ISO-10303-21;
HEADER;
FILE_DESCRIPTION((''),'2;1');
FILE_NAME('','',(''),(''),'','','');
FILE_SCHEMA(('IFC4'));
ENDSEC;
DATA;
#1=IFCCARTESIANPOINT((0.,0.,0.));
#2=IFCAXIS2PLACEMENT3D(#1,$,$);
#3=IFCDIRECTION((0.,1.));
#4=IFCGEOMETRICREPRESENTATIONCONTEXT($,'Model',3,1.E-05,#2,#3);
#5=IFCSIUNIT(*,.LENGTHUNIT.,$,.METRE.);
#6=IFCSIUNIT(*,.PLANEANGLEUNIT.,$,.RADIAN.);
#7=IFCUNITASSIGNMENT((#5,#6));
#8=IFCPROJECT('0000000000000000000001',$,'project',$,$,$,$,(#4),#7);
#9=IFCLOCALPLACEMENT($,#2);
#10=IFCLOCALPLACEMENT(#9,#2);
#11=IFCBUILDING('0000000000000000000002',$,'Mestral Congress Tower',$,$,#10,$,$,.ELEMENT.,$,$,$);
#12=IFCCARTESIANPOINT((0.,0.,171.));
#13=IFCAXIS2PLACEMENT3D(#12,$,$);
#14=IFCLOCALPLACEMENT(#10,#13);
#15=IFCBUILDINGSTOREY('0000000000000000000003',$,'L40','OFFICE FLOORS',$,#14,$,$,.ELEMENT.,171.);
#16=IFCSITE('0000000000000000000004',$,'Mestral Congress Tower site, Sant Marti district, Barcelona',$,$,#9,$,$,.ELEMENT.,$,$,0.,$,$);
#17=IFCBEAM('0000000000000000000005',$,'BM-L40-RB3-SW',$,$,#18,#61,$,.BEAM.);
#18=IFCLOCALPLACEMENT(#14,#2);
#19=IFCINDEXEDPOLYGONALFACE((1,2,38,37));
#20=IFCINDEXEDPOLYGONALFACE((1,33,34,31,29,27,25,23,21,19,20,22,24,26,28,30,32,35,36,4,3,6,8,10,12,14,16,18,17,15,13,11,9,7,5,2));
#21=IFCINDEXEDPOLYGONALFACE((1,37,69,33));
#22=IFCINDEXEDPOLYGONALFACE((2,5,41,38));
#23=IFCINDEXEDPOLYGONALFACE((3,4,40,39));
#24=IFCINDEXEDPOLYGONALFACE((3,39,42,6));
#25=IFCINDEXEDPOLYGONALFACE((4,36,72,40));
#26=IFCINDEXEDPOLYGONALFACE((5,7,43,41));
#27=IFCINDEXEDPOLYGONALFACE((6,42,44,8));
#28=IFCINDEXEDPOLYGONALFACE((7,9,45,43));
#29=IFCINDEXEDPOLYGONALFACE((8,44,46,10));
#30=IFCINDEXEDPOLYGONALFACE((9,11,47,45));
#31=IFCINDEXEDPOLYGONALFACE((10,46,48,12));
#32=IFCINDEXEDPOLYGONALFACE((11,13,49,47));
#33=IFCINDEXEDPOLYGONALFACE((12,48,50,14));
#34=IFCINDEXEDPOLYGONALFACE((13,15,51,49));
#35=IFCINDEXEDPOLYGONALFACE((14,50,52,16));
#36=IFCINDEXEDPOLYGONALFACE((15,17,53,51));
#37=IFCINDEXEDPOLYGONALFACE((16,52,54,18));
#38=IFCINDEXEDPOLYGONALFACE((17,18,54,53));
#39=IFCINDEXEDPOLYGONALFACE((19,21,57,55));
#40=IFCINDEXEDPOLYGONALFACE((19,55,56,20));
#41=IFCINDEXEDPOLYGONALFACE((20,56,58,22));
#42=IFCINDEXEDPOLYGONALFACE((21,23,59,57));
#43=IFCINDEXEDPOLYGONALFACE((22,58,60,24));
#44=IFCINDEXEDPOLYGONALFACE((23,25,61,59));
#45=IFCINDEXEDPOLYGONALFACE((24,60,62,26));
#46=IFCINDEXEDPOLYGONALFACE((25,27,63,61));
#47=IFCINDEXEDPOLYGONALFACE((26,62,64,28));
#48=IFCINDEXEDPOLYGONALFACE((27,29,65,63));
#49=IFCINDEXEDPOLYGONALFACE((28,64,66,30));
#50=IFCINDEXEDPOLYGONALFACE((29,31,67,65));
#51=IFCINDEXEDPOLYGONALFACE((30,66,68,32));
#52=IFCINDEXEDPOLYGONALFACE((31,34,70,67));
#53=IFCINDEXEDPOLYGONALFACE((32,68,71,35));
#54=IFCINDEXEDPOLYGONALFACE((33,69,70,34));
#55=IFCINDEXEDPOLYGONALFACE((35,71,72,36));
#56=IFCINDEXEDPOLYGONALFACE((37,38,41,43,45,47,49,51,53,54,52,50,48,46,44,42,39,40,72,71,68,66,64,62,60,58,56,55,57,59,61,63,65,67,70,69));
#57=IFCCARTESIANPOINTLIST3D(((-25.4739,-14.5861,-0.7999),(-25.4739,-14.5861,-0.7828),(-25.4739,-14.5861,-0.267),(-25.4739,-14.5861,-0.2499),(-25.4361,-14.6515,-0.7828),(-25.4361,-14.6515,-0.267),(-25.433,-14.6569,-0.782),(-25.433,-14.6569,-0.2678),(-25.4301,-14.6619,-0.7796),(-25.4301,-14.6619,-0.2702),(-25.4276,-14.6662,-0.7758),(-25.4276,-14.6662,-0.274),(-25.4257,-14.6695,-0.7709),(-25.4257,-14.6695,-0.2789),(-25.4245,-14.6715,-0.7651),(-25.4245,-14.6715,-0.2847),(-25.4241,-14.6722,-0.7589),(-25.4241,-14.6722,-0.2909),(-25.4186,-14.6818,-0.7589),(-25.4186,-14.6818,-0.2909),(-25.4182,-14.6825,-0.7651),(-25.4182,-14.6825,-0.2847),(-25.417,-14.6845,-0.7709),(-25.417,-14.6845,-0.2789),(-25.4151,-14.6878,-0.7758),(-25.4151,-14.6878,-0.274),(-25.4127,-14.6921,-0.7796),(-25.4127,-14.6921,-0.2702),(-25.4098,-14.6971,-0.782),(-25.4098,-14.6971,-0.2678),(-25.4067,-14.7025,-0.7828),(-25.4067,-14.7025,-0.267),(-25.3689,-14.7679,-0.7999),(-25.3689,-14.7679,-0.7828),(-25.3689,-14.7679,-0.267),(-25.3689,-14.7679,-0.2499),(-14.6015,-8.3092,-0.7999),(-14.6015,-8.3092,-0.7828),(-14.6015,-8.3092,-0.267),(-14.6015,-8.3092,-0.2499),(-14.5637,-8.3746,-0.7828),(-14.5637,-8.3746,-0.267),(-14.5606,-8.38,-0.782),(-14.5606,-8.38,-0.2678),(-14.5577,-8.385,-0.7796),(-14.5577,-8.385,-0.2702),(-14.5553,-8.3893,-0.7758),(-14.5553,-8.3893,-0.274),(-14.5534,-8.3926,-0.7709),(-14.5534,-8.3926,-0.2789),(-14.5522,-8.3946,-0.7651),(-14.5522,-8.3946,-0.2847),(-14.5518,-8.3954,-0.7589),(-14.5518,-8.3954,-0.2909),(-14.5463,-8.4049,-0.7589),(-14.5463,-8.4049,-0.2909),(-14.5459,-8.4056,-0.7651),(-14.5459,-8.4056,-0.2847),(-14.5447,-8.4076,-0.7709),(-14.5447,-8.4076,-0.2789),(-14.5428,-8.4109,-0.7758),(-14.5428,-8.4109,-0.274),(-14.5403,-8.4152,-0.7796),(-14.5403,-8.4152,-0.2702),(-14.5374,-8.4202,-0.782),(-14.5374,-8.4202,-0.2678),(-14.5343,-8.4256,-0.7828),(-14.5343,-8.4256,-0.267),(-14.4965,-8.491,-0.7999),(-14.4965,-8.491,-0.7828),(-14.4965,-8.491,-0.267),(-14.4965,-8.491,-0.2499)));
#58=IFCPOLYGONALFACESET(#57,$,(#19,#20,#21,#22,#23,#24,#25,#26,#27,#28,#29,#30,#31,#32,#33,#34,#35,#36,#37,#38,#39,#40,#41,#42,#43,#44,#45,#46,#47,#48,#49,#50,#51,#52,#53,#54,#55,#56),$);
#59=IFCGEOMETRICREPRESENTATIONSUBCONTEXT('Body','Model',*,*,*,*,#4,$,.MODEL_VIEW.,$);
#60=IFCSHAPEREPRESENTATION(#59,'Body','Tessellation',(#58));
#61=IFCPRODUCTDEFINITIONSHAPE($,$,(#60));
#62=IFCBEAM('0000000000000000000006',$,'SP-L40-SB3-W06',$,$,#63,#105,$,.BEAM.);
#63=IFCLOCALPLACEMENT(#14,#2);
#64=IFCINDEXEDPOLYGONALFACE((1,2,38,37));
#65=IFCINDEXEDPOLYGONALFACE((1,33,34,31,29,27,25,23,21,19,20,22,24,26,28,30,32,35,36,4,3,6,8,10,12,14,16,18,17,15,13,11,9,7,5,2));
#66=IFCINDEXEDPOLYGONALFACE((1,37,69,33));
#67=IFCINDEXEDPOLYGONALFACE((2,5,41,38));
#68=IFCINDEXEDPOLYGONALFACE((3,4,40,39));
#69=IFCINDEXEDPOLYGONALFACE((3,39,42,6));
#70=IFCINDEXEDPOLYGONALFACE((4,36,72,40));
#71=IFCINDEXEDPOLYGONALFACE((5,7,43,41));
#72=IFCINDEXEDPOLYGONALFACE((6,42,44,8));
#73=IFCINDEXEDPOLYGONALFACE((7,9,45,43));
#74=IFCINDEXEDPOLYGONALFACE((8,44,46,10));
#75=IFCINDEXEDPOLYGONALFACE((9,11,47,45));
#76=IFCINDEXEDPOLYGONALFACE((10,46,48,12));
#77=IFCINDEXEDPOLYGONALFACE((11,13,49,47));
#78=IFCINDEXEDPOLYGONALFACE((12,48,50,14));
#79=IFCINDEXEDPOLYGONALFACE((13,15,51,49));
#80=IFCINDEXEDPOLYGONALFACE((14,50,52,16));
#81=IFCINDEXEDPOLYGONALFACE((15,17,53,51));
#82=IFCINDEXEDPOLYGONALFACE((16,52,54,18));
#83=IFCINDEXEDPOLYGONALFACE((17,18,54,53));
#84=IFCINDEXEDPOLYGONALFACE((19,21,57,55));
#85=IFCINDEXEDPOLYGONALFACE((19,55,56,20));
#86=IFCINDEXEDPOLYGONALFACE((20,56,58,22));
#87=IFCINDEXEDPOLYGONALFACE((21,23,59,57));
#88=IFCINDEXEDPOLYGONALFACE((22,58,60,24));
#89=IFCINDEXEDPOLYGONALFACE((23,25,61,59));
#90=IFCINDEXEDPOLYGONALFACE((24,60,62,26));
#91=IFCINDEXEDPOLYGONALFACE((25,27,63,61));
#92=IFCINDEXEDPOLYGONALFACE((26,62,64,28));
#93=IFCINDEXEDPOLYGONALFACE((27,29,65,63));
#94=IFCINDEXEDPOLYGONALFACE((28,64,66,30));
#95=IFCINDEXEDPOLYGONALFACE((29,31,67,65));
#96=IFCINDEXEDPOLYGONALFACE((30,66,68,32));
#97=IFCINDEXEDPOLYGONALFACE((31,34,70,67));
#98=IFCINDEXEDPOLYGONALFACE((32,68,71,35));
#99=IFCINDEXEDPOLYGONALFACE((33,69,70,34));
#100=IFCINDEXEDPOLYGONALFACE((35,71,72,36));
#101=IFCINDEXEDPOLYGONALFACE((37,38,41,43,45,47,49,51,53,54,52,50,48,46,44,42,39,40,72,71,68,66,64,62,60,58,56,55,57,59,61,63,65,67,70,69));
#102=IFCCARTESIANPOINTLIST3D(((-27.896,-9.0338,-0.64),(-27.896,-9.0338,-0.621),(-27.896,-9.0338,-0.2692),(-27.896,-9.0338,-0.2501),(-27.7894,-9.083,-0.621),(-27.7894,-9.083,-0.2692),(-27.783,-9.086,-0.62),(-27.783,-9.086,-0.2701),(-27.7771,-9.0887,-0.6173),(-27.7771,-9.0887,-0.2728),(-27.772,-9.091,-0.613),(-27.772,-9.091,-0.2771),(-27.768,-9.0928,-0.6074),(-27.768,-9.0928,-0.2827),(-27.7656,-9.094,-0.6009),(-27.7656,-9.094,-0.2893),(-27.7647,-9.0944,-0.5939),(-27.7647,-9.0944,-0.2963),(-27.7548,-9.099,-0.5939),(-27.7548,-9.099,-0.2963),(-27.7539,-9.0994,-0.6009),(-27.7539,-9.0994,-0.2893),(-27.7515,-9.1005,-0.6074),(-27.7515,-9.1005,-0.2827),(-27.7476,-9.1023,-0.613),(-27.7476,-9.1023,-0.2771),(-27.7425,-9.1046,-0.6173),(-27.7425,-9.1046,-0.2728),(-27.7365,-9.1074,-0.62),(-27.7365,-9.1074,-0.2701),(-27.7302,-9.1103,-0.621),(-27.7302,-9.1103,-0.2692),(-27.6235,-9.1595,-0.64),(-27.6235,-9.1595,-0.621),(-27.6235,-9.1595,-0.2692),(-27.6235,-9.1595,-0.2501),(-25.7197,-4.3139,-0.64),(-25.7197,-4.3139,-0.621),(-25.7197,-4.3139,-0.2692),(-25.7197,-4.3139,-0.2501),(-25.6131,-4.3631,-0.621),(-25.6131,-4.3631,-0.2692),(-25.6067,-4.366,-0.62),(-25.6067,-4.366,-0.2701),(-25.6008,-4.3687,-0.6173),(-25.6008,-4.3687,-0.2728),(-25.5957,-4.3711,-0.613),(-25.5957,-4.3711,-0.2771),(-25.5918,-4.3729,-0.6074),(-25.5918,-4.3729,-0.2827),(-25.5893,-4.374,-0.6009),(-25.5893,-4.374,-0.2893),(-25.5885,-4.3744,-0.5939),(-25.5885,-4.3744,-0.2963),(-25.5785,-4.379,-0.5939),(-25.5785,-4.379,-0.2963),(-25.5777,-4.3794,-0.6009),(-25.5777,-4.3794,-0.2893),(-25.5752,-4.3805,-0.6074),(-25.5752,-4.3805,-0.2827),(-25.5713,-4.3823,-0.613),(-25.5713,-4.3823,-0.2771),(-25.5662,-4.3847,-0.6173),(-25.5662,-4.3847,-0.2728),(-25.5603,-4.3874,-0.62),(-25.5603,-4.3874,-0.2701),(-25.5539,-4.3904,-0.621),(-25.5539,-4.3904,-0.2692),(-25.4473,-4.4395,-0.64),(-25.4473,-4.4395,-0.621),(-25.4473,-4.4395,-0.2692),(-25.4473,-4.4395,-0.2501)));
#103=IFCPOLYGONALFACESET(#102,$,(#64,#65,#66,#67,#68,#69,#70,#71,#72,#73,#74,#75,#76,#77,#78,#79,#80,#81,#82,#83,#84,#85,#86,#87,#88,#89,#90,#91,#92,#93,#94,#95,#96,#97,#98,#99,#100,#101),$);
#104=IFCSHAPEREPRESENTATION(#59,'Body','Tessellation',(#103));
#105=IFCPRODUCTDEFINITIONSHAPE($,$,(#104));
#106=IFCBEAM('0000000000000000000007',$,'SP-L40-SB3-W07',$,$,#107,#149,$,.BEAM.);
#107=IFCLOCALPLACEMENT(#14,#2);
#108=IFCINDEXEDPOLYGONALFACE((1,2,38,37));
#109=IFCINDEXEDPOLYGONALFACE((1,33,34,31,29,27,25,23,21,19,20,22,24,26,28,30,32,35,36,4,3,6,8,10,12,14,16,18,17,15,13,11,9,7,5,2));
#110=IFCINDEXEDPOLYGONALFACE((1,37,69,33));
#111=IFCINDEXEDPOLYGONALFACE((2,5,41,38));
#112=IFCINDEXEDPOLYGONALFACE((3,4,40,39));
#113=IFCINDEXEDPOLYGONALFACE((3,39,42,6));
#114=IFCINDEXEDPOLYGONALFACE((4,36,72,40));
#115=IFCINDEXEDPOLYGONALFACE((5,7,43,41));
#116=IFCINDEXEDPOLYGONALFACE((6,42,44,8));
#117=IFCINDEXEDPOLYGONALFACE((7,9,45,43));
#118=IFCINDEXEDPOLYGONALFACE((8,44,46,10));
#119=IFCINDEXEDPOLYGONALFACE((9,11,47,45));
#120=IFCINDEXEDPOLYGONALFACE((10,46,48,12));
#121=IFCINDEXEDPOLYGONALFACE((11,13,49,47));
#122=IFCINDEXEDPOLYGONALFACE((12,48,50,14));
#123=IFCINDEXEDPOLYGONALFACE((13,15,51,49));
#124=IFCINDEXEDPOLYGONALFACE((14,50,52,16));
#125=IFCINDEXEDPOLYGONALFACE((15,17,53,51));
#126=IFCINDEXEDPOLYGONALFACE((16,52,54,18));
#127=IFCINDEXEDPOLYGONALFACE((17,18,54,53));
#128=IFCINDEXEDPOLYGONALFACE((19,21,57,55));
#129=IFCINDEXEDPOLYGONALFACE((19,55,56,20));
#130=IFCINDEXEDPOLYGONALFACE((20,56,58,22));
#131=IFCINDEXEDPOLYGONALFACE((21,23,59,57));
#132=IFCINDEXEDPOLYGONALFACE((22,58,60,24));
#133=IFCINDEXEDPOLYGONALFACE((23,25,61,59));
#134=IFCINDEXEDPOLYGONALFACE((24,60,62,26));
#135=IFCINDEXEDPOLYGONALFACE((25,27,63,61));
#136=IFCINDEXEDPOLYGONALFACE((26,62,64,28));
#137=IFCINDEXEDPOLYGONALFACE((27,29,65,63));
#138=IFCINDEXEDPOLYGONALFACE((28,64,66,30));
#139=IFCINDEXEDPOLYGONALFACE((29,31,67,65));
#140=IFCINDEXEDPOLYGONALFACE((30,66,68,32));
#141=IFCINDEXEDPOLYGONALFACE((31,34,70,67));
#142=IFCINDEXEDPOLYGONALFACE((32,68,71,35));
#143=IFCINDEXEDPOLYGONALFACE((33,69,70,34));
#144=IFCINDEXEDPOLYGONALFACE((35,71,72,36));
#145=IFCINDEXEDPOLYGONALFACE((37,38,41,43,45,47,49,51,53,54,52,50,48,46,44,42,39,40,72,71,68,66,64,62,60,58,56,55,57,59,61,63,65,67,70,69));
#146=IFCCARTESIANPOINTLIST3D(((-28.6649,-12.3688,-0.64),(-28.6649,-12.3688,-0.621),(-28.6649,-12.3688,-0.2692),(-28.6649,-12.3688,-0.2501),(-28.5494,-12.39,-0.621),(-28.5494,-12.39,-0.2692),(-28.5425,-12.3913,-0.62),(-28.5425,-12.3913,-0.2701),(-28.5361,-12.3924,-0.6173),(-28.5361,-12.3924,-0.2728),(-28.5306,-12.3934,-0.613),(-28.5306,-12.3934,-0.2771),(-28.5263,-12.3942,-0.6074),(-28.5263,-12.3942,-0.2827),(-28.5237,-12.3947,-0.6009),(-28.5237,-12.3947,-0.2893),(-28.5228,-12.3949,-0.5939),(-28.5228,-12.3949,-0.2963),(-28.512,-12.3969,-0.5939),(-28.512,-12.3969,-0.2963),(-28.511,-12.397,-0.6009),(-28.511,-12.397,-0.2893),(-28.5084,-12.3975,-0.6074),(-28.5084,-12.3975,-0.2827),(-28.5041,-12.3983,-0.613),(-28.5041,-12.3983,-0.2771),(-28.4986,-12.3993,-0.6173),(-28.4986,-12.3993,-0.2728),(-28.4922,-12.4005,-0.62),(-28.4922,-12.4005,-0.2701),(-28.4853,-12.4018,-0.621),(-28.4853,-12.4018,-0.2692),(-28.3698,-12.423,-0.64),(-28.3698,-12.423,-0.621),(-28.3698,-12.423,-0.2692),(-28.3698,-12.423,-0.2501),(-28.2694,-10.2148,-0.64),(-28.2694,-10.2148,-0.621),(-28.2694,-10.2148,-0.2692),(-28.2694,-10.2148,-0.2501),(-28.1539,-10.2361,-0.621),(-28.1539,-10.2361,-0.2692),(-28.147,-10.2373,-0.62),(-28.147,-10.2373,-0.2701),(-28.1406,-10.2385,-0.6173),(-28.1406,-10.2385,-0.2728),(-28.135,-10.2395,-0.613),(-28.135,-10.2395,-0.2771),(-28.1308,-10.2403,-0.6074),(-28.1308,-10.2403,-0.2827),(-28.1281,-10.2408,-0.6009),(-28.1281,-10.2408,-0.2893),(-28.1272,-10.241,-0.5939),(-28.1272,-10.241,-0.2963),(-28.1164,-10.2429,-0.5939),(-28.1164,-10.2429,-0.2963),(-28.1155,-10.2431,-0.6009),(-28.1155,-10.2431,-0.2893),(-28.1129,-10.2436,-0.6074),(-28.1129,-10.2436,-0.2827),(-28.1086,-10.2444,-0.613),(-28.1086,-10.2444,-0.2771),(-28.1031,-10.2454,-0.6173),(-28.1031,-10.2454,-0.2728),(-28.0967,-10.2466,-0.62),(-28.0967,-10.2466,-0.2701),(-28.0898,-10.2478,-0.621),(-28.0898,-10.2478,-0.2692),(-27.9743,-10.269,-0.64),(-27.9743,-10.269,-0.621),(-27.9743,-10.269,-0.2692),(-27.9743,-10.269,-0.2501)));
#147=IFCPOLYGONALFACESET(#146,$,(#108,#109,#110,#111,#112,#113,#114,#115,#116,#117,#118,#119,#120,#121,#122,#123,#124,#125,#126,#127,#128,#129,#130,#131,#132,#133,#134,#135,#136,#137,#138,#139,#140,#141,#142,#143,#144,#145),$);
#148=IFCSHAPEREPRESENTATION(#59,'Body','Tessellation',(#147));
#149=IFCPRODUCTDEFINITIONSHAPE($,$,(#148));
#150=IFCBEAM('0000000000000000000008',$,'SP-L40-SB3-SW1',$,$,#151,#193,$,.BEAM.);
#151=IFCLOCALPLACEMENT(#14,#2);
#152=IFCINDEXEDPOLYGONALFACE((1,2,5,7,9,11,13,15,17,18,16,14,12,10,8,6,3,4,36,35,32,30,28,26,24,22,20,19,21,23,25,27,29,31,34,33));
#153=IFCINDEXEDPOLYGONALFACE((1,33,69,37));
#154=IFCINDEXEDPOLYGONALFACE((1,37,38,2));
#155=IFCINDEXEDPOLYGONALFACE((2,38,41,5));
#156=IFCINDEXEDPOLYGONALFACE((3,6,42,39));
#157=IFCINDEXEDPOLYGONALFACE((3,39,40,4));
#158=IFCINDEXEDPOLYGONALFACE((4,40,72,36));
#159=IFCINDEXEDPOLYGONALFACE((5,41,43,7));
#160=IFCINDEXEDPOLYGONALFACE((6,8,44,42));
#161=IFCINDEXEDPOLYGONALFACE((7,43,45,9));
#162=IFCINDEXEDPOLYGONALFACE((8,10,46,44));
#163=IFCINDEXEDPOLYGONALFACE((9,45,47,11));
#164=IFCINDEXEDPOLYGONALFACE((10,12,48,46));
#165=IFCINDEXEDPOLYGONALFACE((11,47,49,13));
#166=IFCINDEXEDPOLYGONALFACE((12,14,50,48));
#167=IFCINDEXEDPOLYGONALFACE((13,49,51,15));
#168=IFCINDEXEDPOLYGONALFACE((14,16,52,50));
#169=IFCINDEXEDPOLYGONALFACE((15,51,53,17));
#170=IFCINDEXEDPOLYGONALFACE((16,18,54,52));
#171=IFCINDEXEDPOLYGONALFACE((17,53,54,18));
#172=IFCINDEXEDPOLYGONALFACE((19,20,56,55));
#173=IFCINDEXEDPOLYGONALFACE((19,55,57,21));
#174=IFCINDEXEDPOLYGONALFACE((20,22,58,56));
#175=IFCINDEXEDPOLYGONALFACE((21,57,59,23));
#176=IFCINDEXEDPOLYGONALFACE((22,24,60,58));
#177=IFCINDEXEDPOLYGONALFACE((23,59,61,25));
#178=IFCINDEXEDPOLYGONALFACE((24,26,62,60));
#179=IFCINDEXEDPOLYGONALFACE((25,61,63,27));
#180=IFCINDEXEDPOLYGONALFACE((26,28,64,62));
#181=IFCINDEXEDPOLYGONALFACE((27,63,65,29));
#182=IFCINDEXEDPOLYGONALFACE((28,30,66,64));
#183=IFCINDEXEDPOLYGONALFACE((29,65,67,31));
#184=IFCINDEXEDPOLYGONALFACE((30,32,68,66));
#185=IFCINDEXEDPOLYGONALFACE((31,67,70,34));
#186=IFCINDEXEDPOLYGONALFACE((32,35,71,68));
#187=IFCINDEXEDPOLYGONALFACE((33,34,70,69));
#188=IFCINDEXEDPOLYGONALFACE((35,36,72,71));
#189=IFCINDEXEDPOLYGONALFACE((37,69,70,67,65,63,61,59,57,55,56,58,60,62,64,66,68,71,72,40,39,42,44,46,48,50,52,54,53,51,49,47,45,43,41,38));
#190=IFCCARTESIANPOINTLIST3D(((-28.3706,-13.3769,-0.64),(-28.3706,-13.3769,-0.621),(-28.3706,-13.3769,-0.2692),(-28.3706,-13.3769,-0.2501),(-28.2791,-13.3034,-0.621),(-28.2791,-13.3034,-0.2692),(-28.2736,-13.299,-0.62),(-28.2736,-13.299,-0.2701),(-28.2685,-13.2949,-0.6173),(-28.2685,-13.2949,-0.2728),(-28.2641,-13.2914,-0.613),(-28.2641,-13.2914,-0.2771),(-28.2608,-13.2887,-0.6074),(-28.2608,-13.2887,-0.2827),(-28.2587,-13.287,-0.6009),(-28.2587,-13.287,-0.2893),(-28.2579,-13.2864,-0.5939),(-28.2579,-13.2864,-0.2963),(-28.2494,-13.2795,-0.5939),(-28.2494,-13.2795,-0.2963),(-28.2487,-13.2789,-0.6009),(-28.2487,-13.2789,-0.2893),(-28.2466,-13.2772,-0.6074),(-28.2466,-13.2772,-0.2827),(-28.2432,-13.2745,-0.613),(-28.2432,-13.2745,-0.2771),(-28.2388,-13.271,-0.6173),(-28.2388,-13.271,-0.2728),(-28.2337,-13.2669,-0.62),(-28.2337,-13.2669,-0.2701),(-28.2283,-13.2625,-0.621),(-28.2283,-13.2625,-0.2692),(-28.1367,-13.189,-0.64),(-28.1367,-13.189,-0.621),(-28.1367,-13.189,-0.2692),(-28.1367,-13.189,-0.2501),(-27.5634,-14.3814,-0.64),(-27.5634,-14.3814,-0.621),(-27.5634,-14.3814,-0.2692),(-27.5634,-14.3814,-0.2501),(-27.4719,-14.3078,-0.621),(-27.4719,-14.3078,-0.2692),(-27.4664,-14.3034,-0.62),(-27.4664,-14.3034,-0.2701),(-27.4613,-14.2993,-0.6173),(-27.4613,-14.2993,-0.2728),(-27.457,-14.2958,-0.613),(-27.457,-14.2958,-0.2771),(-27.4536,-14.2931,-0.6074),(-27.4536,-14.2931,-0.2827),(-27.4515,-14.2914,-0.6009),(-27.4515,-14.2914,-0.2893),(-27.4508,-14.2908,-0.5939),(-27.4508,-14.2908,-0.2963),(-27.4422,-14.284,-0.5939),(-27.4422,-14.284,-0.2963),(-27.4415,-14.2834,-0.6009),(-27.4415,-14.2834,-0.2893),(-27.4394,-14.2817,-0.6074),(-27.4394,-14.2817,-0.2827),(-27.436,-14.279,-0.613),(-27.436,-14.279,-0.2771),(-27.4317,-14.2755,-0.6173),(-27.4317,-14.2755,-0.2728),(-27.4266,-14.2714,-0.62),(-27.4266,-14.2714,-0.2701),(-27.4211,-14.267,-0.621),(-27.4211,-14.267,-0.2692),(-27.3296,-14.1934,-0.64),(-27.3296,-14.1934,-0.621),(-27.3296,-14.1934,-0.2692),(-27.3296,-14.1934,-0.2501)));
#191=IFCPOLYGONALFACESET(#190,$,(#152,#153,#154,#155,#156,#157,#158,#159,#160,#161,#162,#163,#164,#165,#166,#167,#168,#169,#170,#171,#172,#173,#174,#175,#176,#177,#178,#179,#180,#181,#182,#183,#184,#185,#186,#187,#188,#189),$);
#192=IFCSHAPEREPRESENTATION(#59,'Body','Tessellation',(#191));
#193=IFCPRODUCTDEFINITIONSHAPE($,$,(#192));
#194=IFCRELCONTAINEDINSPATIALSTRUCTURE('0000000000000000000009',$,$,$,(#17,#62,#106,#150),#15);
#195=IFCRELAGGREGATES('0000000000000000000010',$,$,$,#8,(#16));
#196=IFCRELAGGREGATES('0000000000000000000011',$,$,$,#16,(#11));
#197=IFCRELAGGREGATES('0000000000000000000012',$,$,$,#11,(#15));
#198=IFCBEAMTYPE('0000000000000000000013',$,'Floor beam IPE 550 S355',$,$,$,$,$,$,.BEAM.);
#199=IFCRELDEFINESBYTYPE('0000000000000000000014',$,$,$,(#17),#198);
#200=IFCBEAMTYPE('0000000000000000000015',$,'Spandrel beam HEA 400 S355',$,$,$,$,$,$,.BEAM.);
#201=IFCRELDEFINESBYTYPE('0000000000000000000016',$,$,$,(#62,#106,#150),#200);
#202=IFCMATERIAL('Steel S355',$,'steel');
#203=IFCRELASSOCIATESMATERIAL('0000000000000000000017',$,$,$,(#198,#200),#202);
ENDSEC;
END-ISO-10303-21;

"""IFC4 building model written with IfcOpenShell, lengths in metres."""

from ifc_helpers import new_model, si_unit, direction, frame, origin, origin_2d, place, context, subcontext, project, spatial, i_section, extrude, material, material_profile, profile_set, type_object, element, save


model = new_model("IFC4")

# Units and contexts
model_context = context("Model", 3, precision=1e-05, world=origin(), true_north=direction((0.0, 1.0)))
body_context = subcontext(model_context, "Body", "Model", "MODEL_VIEW")
ifc_project = project(units=[si_unit("LENGTHUNIT", "METRE"), si_unit("PLANEANGLEUNIT", "RADIAN")], contexts=[model_context])

# Site, building, storey
site_placement = place(None, origin())
site = spatial("IfcSite", under=ifc_project, at=site_placement, Name="Mestral Congress Tower site, Sant Marti district, Barcelona", CompositionType="ELEMENT", RefElevation=0.0)
building_placement = place(site_placement, origin())
building = spatial("IfcBuilding", under=site, at=building_placement, Name="Mestral Congress Tower", CompositionType="ELEMENT")
storey_placement = place(building_placement, frame((0.0, 0.0, 171.0)))
storey = spatial("IfcBuildingStorey", under=building, at=storey_placement, Name="L40", Description="OFFICE FLOORS", CompositionType="ELEMENT", Elevation=171.0)

# Beams
ifc_material_1 = material(Name="Steel S355", Category="steel")
ifc_material_profile_1 = material_profile(ifc_material_1, i_section(OverallWidth=0.21, OverallDepth=0.55, WebThickness=0.011, FlangeThickness=0.0171, FilletRadius=0.0239, at=origin_2d()), Name="IPE 550")
ifc_profile_set_1 = profile_set([ifc_material_profile_1], Name="Steel S355")
beam_type_1 = type_object("IfcBeamType", Name="Floor beam IPE 550 S355", PredefinedType="BEAM", material=ifc_profile_set_1)
beam_1_placement = place(storey_placement, frame((-25.4214, -14.677, -0.5249), z_axis=(0.866035, 0.499983, 0.0), x_axis=(-0.499983, 0.866035, 0.0)))
element("IfcBeam", 1, at=beam_1_placement, inside=storey, type_object=beam_type_1, Name="BM-L40-RB3-SW", PredefinedType="BEAM", context=body_context, shape_type="SweptSolid", body=[
    extrude(i_section(OverallWidth=0.21, OverallDepth=0.55, WebThickness=0.011, FlangeThickness=0.0171, FilletRadius=0.0239, at=origin_2d()), origin(), (0.0, 0.0, 1.0), 12.5542),
])
ifc_material_profile_2 = material_profile(ifc_material_1, i_section(OverallWidth=0.3, OverallDepth=0.3899, WebThickness=0.011, FlangeThickness=0.019, FilletRadius=0.0271, at=origin_2d()), Name="HEA 400")
ifc_profile_set_2 = profile_set([ifc_material_profile_2], Name="Steel S355")
beam_type_2 = type_object("IfcBeamType", Name="Spandrel beam HEA 400 S355", PredefinedType="BEAM", material=ifc_profile_set_2)
beam_2_placement = place(storey_placement, frame((-25.5835, -4.3767, -0.4451), z_axis=(-0.418713, -0.908119, 0.0), x_axis=(0.908119, -0.418713, 0.0)))
element("IfcBeam", 2, at=beam_2_placement, inside=storey, type_object=beam_type_2, Name="SP-L40-SB3-W06", PredefinedType="BEAM", context=body_context, shape_type="SweptSolid", body=[
    extrude(i_section(OverallWidth=0.3, OverallDepth=0.3899, WebThickness=0.011, FlangeThickness=0.019, FilletRadius=0.0271, at=origin_2d()), origin(), (0.0, 0.0, 1.0), 5.1975),
])
beam_3_placement = place(storey_placement, frame((-28.1218, -10.2419, -0.4451), z_axis=(-0.180612, -0.983554, 0.0), x_axis=(0.983554, -0.180612, 0.0)))
element("IfcBeam", 3, at=beam_3_placement, inside=storey, type_object=beam_type_2, Name="SP-L40-SB3-W07", PredefinedType="BEAM", context=body_context, shape_type="SweptSolid", body=[
    extrude(i_section(OverallWidth=0.3, OverallDepth=0.3899, WebThickness=0.011, FlangeThickness=0.019, FilletRadius=0.0271, at=origin_2d()), origin(), (0.0, 0.0, 1.0), 2.1899),
])
beam_4_placement = place(storey_placement, frame((-28.2537, -13.283, -0.4451), z_axis=(0.626403, -0.779499, 0.0), x_axis=(0.779499, 0.626403, 0.0)))
element("IfcBeam", 4, at=beam_4_placement, inside=storey, type_object=beam_type_2, Name="SP-L40-SB3-SW1", PredefinedType="BEAM", context=body_context, shape_type="SweptSolid", body=[
    extrude(i_section(OverallWidth=0.3, OverallDepth=0.3899, WebThickness=0.011, FlangeThickness=0.019, FilletRadius=0.0271, at=origin_2d()), origin(), (0.0, 0.0, 1.0), 1.2886),
])

save(model, "model.ifc")
